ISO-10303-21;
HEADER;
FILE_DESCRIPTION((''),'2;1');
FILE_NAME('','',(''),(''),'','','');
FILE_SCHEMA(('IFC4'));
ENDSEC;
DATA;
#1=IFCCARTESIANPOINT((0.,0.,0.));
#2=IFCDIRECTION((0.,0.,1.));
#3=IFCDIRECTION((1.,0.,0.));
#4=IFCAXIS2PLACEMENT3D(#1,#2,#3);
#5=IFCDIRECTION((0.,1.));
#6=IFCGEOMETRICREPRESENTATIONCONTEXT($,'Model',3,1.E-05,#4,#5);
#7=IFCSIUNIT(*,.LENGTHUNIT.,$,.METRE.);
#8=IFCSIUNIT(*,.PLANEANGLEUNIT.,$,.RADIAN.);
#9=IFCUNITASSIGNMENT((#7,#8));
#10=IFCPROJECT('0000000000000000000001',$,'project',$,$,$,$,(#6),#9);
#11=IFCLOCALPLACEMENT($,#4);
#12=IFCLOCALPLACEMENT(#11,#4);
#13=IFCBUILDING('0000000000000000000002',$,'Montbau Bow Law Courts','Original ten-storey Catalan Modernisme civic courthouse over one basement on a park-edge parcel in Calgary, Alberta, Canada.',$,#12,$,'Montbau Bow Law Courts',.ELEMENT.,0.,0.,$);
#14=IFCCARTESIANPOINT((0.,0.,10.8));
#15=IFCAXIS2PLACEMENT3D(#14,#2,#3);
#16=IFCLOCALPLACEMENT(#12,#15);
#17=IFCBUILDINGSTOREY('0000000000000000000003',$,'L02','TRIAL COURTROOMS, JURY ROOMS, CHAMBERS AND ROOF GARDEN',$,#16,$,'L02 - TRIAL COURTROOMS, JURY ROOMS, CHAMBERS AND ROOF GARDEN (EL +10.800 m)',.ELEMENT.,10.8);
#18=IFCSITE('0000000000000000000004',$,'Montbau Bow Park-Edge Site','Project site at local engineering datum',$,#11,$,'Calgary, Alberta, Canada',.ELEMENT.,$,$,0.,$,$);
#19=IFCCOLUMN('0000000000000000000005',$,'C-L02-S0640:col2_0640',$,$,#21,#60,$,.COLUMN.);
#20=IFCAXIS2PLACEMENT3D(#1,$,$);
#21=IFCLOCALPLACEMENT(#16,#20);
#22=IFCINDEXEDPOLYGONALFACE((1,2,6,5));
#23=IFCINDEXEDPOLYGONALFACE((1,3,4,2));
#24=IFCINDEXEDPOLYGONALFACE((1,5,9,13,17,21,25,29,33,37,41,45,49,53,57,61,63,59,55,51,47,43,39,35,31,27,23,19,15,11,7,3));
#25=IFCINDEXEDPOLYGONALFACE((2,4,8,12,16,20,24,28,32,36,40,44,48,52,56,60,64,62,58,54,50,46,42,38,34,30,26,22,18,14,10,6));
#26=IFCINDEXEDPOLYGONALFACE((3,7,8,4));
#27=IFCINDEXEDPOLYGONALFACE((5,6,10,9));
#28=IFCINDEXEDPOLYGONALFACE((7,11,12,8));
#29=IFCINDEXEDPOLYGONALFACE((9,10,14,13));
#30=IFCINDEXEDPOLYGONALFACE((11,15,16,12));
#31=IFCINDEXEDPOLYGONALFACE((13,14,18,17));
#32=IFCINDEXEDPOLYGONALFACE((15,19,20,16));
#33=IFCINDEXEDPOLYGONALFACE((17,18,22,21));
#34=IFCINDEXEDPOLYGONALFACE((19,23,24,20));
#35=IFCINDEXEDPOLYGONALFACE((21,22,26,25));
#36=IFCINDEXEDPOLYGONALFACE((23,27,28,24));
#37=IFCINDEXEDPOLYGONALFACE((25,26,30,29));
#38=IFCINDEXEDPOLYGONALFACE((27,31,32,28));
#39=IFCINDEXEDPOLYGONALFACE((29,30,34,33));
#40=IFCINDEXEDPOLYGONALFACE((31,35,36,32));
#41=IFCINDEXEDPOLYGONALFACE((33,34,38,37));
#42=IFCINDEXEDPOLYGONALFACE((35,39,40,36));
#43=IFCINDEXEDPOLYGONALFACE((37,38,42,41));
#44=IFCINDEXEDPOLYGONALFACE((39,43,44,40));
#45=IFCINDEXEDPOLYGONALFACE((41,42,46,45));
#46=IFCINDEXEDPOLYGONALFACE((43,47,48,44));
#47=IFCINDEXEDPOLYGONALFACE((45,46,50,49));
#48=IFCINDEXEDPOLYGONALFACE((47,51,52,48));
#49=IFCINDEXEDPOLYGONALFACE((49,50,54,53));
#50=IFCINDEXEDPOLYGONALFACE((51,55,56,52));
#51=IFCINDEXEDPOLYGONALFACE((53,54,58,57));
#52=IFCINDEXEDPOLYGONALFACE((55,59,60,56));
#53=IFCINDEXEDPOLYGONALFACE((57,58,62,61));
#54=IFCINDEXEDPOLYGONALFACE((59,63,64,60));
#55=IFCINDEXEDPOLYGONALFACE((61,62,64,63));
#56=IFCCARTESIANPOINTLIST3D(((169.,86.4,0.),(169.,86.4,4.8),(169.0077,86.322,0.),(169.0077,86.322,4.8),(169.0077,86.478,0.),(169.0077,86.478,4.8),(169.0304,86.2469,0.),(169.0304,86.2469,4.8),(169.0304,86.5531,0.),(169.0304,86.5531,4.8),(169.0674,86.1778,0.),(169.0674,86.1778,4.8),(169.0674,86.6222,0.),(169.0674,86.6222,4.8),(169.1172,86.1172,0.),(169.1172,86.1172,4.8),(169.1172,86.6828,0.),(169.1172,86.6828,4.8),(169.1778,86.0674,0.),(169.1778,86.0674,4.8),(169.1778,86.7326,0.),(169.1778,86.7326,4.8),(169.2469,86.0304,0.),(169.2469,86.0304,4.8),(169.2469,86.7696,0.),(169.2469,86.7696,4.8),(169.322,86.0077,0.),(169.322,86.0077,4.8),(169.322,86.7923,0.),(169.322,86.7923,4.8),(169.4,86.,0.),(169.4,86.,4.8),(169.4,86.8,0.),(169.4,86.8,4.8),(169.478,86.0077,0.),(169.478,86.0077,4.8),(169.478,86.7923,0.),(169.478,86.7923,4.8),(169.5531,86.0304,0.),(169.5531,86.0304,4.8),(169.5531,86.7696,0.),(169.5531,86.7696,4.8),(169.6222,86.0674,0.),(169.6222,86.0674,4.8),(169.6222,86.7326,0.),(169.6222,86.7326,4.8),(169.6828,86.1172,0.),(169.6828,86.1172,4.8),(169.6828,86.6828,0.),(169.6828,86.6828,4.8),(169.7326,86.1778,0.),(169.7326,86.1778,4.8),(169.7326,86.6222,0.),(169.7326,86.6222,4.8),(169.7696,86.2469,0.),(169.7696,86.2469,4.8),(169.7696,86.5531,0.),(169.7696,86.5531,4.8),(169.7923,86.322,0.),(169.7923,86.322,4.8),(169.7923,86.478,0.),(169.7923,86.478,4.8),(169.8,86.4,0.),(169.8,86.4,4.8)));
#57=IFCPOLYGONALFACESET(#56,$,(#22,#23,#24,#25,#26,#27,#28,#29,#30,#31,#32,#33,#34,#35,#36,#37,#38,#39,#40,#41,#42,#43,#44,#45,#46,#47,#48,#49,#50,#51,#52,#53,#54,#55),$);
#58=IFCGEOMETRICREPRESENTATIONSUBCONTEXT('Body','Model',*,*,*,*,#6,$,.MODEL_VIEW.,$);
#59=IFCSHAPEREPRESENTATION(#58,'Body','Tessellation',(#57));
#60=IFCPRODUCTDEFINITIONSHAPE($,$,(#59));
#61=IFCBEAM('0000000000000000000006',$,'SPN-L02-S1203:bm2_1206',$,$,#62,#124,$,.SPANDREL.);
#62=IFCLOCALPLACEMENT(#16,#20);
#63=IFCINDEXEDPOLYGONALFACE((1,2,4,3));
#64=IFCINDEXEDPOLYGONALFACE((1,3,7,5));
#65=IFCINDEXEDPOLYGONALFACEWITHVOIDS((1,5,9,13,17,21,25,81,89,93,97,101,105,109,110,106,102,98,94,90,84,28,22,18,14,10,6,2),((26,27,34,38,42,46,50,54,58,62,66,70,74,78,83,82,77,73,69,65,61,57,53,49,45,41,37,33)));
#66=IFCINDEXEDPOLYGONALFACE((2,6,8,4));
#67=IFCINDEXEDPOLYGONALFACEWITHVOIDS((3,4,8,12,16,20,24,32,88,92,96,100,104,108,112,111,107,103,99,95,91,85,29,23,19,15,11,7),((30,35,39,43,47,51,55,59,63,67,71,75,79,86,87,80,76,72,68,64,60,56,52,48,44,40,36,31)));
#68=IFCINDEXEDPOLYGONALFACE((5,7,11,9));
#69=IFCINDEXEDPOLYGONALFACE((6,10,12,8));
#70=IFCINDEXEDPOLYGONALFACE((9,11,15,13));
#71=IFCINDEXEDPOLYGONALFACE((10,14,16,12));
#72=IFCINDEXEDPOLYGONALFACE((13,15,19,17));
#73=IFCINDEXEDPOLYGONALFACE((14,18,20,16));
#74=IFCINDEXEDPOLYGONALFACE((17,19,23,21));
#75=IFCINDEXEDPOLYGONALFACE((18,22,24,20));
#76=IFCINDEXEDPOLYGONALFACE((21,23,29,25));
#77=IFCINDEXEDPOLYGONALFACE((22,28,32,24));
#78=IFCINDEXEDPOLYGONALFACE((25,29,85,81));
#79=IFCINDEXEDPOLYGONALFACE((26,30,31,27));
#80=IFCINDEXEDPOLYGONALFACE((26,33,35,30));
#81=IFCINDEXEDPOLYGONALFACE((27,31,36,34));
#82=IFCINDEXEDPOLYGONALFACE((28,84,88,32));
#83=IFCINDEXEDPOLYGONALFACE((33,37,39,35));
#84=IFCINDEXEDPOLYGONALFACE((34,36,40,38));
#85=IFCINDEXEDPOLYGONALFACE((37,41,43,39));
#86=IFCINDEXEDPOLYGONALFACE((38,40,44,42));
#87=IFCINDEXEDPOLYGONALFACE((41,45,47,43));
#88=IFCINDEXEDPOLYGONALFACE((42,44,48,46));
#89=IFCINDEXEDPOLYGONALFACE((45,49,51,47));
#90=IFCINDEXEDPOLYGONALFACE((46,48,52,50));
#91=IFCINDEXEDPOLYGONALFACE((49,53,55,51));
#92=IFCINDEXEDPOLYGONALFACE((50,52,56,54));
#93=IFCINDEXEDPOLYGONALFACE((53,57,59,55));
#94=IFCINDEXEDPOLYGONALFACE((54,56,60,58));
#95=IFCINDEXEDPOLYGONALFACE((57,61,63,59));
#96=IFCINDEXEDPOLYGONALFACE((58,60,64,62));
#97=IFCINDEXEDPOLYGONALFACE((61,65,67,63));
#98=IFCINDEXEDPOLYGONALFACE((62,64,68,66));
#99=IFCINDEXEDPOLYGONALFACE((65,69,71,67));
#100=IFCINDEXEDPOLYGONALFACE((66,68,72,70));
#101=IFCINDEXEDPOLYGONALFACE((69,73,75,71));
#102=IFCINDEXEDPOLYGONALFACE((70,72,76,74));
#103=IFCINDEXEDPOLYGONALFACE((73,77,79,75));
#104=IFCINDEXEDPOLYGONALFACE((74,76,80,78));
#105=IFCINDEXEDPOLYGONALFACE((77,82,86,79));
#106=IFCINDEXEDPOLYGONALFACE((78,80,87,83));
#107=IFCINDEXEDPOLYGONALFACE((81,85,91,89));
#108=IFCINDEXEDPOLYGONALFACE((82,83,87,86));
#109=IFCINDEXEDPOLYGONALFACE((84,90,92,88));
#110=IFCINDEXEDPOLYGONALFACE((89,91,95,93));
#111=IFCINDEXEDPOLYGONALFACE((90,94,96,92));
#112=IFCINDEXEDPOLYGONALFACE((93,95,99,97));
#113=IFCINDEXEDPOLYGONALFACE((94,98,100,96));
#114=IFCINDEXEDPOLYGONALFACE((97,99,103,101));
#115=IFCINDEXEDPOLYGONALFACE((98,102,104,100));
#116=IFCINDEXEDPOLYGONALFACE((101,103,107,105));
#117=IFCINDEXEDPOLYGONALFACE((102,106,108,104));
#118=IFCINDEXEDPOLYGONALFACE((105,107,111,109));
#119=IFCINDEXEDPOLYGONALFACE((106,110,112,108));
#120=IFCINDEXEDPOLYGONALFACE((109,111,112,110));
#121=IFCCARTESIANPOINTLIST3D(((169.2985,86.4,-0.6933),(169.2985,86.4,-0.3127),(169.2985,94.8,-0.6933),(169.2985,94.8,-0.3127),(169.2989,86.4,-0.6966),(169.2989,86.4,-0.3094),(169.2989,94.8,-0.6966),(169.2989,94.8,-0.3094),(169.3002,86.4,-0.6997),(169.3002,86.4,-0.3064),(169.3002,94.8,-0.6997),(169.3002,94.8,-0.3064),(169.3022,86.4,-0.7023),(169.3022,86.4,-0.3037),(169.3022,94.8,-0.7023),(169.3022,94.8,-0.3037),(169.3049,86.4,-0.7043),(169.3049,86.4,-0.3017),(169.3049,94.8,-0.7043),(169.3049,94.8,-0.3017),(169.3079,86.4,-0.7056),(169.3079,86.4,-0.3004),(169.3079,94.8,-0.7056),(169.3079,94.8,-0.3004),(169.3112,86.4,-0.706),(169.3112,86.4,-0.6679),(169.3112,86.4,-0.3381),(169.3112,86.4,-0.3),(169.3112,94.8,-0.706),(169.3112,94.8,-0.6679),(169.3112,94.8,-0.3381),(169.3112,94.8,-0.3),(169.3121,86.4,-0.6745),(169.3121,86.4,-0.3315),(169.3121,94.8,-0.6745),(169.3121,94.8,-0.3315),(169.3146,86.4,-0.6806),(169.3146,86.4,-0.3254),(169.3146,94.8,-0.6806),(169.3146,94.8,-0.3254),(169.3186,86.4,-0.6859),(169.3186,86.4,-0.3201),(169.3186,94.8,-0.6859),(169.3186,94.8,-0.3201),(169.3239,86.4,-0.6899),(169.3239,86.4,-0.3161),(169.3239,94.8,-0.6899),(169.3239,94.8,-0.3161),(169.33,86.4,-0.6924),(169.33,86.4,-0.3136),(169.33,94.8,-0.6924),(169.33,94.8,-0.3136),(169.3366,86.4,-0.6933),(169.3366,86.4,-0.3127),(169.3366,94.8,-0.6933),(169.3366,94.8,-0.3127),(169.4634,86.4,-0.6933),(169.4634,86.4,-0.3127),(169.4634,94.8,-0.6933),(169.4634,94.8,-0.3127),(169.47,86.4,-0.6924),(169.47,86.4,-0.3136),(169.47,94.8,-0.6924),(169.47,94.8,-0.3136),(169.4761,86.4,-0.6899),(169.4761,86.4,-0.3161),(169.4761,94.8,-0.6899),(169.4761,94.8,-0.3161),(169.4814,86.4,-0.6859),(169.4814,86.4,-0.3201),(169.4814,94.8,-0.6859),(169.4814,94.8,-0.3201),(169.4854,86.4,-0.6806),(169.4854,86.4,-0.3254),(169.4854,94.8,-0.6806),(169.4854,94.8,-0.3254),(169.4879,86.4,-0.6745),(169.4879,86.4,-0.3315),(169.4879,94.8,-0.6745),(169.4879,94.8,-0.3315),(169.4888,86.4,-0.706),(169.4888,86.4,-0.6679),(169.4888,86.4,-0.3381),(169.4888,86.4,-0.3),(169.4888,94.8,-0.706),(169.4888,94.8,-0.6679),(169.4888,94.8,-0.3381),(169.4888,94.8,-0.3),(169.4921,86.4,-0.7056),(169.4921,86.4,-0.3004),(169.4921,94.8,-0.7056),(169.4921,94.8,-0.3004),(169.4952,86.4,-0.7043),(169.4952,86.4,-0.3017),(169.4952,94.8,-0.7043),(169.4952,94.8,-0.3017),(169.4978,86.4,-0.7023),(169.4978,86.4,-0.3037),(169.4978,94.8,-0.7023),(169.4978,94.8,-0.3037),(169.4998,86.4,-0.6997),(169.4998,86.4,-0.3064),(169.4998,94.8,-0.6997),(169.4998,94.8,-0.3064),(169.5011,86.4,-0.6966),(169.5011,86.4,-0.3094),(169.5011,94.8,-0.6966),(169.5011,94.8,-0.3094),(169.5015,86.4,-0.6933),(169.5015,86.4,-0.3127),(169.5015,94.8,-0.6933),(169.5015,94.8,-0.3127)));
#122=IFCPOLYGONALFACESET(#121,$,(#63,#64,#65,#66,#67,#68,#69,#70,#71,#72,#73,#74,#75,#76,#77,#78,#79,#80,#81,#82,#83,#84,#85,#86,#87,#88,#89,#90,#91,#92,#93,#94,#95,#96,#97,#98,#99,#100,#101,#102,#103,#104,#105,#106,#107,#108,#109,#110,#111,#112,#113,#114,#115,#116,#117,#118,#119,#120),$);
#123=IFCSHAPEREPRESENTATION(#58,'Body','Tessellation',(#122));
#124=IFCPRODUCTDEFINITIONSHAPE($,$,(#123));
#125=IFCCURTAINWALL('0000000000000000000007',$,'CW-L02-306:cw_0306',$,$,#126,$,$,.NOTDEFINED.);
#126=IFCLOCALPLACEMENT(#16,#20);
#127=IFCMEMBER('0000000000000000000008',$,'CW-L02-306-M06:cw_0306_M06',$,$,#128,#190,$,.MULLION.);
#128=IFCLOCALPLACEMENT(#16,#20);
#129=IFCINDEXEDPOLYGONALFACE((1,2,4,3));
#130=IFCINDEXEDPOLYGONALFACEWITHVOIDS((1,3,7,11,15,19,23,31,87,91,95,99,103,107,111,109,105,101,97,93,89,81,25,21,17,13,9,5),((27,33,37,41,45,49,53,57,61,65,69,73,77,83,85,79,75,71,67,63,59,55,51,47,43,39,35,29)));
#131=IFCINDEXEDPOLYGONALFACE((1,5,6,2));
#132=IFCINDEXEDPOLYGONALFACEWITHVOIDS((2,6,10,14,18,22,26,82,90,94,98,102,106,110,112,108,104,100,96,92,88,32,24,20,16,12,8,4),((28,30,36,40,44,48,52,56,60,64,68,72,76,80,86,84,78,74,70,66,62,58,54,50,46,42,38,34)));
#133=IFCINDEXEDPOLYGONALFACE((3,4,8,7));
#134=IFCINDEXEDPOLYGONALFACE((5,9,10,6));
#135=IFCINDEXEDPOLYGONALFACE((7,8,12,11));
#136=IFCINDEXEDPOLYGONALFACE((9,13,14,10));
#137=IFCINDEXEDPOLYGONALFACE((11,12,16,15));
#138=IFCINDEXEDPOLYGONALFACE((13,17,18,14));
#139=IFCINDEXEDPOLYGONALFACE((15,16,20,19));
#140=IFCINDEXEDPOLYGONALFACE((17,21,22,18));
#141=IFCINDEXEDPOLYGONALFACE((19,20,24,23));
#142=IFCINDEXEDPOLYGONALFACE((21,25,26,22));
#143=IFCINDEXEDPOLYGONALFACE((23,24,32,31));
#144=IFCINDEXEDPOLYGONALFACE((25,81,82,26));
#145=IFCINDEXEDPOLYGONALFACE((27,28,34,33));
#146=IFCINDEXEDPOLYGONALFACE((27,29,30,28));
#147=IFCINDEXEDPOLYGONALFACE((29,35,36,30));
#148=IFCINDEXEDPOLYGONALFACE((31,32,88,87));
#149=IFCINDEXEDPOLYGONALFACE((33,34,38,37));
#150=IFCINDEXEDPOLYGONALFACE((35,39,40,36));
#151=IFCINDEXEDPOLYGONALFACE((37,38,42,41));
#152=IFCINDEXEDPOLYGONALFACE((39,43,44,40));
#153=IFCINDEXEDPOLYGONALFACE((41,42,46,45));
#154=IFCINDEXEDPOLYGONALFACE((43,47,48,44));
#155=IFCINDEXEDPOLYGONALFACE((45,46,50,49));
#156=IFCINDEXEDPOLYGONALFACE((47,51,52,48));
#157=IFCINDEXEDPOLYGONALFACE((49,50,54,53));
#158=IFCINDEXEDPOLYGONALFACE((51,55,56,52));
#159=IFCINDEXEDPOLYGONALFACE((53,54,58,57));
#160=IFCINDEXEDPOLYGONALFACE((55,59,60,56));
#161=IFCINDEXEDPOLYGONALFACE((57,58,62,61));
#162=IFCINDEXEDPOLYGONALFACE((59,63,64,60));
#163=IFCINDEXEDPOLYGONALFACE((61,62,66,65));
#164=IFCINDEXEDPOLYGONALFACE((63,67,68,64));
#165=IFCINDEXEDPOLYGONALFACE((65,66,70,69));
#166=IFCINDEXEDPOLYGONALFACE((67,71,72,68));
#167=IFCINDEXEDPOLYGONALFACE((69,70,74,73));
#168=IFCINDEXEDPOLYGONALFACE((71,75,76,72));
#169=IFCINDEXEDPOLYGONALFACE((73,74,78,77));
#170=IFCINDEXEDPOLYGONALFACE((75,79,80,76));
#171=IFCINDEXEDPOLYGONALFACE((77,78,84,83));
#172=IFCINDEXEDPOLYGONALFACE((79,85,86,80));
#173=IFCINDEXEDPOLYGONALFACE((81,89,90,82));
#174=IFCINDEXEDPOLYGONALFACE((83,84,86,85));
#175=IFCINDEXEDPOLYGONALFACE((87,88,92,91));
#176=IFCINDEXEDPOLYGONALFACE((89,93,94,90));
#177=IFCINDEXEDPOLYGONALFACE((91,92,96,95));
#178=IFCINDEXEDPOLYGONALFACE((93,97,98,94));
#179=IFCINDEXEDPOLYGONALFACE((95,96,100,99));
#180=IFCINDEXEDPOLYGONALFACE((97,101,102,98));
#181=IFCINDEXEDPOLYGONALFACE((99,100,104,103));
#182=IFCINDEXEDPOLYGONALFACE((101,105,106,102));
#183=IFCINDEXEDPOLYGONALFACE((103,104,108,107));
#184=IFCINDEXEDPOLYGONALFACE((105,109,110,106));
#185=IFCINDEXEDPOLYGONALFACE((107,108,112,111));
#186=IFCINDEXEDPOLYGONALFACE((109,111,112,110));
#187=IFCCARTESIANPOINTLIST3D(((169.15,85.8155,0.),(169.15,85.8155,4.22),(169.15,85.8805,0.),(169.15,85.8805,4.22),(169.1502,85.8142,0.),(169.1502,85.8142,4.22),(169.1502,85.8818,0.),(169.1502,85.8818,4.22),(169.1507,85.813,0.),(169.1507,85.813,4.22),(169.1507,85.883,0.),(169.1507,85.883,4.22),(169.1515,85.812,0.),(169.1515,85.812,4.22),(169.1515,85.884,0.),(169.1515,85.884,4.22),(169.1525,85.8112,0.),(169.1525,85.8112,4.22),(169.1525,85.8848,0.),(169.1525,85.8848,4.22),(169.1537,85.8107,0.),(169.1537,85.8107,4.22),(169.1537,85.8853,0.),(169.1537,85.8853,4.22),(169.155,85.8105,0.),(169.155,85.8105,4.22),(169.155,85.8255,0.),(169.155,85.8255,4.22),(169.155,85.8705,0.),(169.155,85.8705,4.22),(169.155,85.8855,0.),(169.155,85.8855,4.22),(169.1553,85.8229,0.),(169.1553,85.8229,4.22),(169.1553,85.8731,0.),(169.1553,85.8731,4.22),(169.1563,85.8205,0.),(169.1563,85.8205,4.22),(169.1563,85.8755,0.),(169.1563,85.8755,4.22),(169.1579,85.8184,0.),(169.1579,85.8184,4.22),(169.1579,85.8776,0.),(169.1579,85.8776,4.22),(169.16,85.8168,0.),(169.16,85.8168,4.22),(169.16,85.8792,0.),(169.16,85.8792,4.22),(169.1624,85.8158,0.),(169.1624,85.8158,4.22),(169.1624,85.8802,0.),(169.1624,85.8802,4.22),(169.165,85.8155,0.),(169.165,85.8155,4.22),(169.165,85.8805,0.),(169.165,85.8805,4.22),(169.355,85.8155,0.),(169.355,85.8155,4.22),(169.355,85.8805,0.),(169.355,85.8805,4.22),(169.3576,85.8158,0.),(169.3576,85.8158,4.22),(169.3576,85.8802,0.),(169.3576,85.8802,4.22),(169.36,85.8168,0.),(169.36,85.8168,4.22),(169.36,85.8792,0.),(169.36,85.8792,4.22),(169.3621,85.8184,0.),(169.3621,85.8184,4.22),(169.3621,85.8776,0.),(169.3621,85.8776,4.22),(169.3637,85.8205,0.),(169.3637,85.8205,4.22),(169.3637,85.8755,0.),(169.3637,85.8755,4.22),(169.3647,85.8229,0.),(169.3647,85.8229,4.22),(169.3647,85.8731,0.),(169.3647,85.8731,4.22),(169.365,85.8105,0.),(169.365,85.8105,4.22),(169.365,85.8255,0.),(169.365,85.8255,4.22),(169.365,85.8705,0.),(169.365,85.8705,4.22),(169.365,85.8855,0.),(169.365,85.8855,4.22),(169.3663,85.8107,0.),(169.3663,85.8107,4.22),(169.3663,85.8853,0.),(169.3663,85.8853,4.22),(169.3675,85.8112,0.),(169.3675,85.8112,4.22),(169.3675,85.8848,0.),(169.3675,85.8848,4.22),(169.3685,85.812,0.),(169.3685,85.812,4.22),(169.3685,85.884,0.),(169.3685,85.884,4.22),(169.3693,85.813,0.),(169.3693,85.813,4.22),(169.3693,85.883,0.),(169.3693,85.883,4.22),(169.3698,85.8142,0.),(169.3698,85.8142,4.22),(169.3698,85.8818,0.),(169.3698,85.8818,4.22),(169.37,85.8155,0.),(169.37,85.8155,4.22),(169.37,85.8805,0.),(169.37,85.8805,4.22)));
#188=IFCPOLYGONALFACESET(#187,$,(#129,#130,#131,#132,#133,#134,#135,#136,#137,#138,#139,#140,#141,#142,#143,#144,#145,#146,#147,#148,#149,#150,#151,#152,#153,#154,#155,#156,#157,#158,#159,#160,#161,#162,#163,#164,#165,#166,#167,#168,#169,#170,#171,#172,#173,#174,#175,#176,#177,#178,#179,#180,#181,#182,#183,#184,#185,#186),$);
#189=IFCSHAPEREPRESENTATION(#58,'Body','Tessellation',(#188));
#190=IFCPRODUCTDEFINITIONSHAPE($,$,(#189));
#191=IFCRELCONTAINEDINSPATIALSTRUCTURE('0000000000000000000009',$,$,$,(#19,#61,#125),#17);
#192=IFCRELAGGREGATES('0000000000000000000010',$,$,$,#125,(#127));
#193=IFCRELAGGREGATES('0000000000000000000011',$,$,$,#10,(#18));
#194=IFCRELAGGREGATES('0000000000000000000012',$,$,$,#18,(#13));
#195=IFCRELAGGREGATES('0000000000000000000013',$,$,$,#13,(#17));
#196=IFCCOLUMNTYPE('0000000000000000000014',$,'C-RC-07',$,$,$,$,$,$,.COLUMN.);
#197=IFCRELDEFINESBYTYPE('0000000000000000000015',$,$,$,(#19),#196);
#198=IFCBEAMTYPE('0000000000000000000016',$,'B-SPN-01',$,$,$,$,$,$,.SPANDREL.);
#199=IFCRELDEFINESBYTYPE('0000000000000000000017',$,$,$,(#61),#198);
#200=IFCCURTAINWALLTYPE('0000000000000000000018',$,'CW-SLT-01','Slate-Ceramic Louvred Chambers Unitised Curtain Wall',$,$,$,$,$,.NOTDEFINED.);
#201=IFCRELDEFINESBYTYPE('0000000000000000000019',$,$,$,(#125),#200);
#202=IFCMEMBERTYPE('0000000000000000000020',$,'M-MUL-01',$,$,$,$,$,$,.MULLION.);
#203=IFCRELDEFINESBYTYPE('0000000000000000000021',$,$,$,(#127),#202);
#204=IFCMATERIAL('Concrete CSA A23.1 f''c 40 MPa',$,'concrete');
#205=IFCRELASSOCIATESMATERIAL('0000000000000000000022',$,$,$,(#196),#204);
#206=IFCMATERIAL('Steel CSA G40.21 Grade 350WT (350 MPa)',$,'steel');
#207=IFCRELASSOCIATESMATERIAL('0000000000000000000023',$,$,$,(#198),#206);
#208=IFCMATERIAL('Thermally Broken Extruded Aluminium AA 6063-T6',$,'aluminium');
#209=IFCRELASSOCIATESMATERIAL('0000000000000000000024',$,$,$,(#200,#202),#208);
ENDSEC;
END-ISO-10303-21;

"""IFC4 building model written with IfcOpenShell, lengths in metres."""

from ifc_helpers import new_model, si_unit, direction, frame, origin_with_axes, origin_2d_with_axis, place, context, subcontext, project, spatial, hollow_rectangle, circle, extrude, material, material_profile, profile_set, type_object, element, aggregate, save


model = new_model("IFC4")

# Units and contexts
model_context = context("Model", 3, precision=1e-05, world=origin_with_axes(), true_north=direction((0.0, 1.0)))
body_context = subcontext(model_context, "Body", "Model", "MODEL_VIEW")
ifc_project = project(units=[si_unit("LENGTHUNIT", "METRE"), si_unit("PLANEANGLEUNIT", "RADIAN")], contexts=[model_context])

# Site, building, storey
site_placement = place(None, origin_with_axes())
site = spatial("IfcSite", under=ifc_project, at=site_placement, Name="Montbau Bow Park-Edge Site", Description="Project site at local engineering datum", LongName="Calgary, Alberta, Canada", CompositionType="ELEMENT", RefElevation=0.0)
building_placement = place(site_placement, origin_with_axes())
building = spatial("IfcBuilding", under=site, at=building_placement, Name="Montbau Bow Law Courts", Description="Original ten-storey Catalan Modernisme civic courthouse over one basement on a park-edge parcel in Calgary, Alberta, Canada.", LongName="Montbau Bow Law Courts", CompositionType="ELEMENT", ElevationOfRefHeight=0.0, ElevationOfTerrain=0.0)
storey_placement = place(building_placement, frame((0.0, 0.0, 10.8), z_axis=(0.0, 0.0, 1.0), x_axis=(1.0, 0.0, 0.0)))
storey = spatial("IfcBuildingStorey", under=building, at=storey_placement, Name="L02", Description="TRIAL COURTROOMS, JURY ROOMS, CHAMBERS AND ROOF GARDEN", LongName="L02 - TRIAL COURTROOMS, JURY ROOMS, CHAMBERS AND ROOF GARDEN (EL +10.800 m)", CompositionType="ELEMENT", Elevation=10.8)

# Column
ifc_material_1 = material(Name="Concrete CSA A23.1 f'c 40 MPa", Category="concrete")
ifc_material_profile_1 = material_profile(ifc_material_1, circle(Radius=0.4, at=origin_2d_with_axis()), Name="RC800D", Category="Main", Priority=0)
ifc_profile_set_1 = profile_set([ifc_material_profile_1], Name="Concrete CSA A23.1 f'c 40 MPa")
column_type = type_object("IfcColumnType", Name="C-RC-07", PredefinedType="COLUMN", material=ifc_profile_set_1)
column_placement = place(None, frame((169.4, 86.4, 10.8), z_axis=(0.0, 0.0, 1.0), x_axis=(1.0, 0.0, 0.0)))
element("IfcColumn", 1, at=column_placement, inside=storey, type_object=column_type, Name="C-L02-S0640:col2_0640", PredefinedType="COLUMN", context=body_context, shape_type="SweptSolid", body=[
    extrude(circle(Radius=0.4, at=origin_2d_with_axis()), origin_with_axes(), (0.0, 0.0, 1.0), 4.8),
])

# Beam
ifc_material_2 = material(Name="Steel CSA G40.21 Grade 350WT (350 MPa)", Category="steel")
ifc_material_profile_2 = material_profile(ifc_material_2, hollow_rectangle(XDim=0.203, YDim=0.406, WallThickness=0.0127, InnerFilletRadius=0.0254, OuterFilletRadius=0.0127, at=origin_2d_with_axis()), Name="HSS406X203X13", Category="Main", Priority=0)
ifc_profile_set_2 = profile_set([ifc_material_profile_2], Name="Steel CSA G40.21 Grade 350WT (350 MPa)")
beam_type = type_object("IfcBeamType", Name="B-SPN-01", PredefinedType="SPANDREL", material=ifc_profile_set_2)
beam_placement = place(None, frame((169.4, 86.4, 10.297), z_axis=(0.0, 1.0, 0.0), x_axis=(-1.0, 0.0, 0.0)))
element("IfcBeam", 2, at=beam_placement, inside=storey, type_object=beam_type, Name="SPN-L02-S1203:bm2_1206", PredefinedType="SPANDREL", context=body_context, shape_type="SweptSolid", body=[
    extrude(hollow_rectangle(XDim=0.203, YDim=0.406, WallThickness=0.0127, InnerFilletRadius=0.0254, OuterFilletRadius=0.0127, at=origin_2d_with_axis()), origin_with_axes(), (0.0, 0.0, 1.0), 8.4),
])

# Curtain wall, member
ifc_material_3 = material(Name="Thermally Broken Extruded Aluminium AA 6063-T6", Category="aluminium")
curtain_wall_type = type_object("IfcCurtainWallType", Name="CW-SLT-01", Description="Slate-Ceramic Louvred Chambers Unitised Curtain Wall", PredefinedType="NOTDEFINED", material=ifc_material_3)
curtain_wall_1_placement = place(None, frame((169.26, 78.515, 10.8), z_axis=(0.0, 0.0, 1.0), x_axis=(1.0, 0.0, 0.0)))
curtain_wall_1 = element("IfcCurtainWall", 3, at=curtain_wall_1_placement, inside=storey, type_object=curtain_wall_type, Name="CW-L02-306:cw_0306", PredefinedType="NOTDEFINED")
ifc_material_profile_3 = material_profile(ifc_material_3, hollow_rectangle(XDim=0.075, YDim=0.22, WallThickness=0.005, InnerFilletRadius=0.01, OuterFilletRadius=0.005, at=origin_2d_with_axis()), Name="CWM-220X75", Category="Main", Priority=0)
ifc_profile_set_3 = profile_set([ifc_material_profile_3], Name="Thermally Broken Extruded Aluminium AA 6063-T6")
member_type_1 = type_object("IfcMemberType", Name="M-MUL-01", PredefinedType="MULLION", material=ifc_profile_set_3)
member_1_placement = place(None, frame((169.26, 85.848, 10.8), z_axis=(0.0, 0.0, 1.0), x_axis=(0.0, 1.0, 0.0)))
member_1 = element("IfcMember", 4, at=member_1_placement, type_object=member_type_1, Name="CW-L02-306-M06:cw_0306_M06", PredefinedType="MULLION", context=body_context, shape_type="SweptSolid", body=[
    extrude(hollow_rectangle(XDim=0.075, YDim=0.22, WallThickness=0.005, InnerFilletRadius=0.01, OuterFilletRadius=0.005, at=origin_2d_with_axis()), origin_with_axes(), (0.0, 0.0, 1.0), 4.22),
])

aggregate(curtain_wall_1, [member_1])

save(model, "model.ifc")
